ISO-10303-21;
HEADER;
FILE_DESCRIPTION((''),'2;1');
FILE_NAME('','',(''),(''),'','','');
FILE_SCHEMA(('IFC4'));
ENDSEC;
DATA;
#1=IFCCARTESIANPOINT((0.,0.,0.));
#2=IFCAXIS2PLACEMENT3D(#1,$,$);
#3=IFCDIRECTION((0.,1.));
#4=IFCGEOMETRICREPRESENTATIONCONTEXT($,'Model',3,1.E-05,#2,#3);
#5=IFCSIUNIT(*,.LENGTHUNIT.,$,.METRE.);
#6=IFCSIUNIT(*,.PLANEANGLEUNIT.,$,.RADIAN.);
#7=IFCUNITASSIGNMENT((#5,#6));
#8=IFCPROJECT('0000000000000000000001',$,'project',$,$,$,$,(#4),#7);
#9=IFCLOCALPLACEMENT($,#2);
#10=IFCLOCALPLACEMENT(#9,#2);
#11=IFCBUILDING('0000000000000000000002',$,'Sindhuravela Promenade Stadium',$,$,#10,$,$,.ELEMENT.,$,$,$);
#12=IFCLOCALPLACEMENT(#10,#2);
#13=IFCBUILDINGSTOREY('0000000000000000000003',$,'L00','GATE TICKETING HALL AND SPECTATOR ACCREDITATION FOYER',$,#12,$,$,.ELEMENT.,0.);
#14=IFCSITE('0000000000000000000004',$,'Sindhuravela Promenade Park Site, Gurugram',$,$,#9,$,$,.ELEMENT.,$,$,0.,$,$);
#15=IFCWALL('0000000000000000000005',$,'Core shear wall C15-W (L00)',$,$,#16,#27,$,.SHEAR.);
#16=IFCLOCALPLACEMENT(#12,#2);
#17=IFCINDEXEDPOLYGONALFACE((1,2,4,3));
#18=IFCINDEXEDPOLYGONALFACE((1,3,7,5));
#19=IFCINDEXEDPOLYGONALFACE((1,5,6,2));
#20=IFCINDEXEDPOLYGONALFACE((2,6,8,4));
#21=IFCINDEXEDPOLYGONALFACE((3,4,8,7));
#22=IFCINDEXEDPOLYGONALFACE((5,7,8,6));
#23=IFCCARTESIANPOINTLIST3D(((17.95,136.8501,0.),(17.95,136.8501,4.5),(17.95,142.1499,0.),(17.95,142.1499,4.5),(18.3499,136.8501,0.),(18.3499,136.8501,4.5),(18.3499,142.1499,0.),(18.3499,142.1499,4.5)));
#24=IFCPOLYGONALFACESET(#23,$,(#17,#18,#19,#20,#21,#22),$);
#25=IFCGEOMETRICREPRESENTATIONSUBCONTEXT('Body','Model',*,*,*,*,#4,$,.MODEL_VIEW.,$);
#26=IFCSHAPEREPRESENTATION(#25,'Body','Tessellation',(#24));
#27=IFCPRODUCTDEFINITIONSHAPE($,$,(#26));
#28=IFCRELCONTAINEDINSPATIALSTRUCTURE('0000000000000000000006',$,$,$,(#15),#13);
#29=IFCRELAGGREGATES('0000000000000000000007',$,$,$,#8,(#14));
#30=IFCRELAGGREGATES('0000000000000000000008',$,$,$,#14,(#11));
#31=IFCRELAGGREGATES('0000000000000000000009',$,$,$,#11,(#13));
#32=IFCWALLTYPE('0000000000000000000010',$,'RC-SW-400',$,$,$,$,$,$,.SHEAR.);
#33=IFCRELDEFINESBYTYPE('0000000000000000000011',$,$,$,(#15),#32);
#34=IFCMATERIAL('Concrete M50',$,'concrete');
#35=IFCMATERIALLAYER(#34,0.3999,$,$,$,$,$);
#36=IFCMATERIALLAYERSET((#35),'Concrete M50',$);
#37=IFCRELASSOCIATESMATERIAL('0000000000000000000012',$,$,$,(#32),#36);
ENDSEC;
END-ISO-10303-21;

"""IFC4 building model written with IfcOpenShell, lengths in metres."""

from ifc_helpers import new_model, si_unit, direction, frame, frame_2d, origin, place, context, subcontext, project, spatial, rectangle, extrude, material, layer, layer_set, type_object, element, save


model = new_model("IFC4")

# Units and contexts
model_context = context("Model", 3, precision=1e-05, world=origin(), true_north=direction((0.0, 1.0)))
body_context = subcontext(model_context, "Body", "Model", "MODEL_VIEW")
ifc_project = project(units=[si_unit("LENGTHUNIT", "METRE"), si_unit("PLANEANGLEUNIT", "RADIAN")], contexts=[model_context])

# Site, building, storey
site_placement = place(None, origin())
site = spatial("IfcSite", under=ifc_project, at=site_placement, Name="Sindhuravela Promenade Park Site, Gurugram", CompositionType="ELEMENT", RefElevation=0.0)
building_placement = place(site_placement, origin())
building = spatial("IfcBuilding", under=site, at=building_placement, Name="Sindhuravela Promenade Stadium", CompositionType="ELEMENT")
storey_placement = place(building_placement, origin())
storey = spatial("IfcBuildingStorey", under=building, at=storey_placement, Name="L00", Description="GATE TICKETING HALL AND SPECTATOR ACCREDITATION FOYER", CompositionType="ELEMENT", Elevation=0.0)

# Shared definitions
ifc_material_1 = material(Name="Concrete M50", Category="concrete")

# Wall
ifc_layer_1 = layer(ifc_material_1, 0.3999)
ifc_layer_set_1 = layer_set([ifc_layer_1], Name="Concrete M50")
wall_type_1 = type_object("IfcWallType", Name="RC-SW-400", PredefinedType="SHEAR", material=ifc_layer_set_1)
wall_1_placement = place(storey_placement, frame((18.1499, 142.1499, 0.0), z_axis=(0.0, 0.0, 1.0), x_axis=(0.0, -1.0, 0.0)))
element("IfcWall", 1, at=wall_1_placement, inside=storey, type_object=wall_type_1, Name="Core shear wall C15-W (L00)", PredefinedType="SHEAR", context=body_context, shape_type="SweptSolid", body=[
    extrude(rectangle(XDim=5.2998, YDim=0.3999, at=frame_2d((2.6499, 0.0))), origin(), (0.0, 0.0, 1.0), 4.5),
])

save(model, "model.ifc")
